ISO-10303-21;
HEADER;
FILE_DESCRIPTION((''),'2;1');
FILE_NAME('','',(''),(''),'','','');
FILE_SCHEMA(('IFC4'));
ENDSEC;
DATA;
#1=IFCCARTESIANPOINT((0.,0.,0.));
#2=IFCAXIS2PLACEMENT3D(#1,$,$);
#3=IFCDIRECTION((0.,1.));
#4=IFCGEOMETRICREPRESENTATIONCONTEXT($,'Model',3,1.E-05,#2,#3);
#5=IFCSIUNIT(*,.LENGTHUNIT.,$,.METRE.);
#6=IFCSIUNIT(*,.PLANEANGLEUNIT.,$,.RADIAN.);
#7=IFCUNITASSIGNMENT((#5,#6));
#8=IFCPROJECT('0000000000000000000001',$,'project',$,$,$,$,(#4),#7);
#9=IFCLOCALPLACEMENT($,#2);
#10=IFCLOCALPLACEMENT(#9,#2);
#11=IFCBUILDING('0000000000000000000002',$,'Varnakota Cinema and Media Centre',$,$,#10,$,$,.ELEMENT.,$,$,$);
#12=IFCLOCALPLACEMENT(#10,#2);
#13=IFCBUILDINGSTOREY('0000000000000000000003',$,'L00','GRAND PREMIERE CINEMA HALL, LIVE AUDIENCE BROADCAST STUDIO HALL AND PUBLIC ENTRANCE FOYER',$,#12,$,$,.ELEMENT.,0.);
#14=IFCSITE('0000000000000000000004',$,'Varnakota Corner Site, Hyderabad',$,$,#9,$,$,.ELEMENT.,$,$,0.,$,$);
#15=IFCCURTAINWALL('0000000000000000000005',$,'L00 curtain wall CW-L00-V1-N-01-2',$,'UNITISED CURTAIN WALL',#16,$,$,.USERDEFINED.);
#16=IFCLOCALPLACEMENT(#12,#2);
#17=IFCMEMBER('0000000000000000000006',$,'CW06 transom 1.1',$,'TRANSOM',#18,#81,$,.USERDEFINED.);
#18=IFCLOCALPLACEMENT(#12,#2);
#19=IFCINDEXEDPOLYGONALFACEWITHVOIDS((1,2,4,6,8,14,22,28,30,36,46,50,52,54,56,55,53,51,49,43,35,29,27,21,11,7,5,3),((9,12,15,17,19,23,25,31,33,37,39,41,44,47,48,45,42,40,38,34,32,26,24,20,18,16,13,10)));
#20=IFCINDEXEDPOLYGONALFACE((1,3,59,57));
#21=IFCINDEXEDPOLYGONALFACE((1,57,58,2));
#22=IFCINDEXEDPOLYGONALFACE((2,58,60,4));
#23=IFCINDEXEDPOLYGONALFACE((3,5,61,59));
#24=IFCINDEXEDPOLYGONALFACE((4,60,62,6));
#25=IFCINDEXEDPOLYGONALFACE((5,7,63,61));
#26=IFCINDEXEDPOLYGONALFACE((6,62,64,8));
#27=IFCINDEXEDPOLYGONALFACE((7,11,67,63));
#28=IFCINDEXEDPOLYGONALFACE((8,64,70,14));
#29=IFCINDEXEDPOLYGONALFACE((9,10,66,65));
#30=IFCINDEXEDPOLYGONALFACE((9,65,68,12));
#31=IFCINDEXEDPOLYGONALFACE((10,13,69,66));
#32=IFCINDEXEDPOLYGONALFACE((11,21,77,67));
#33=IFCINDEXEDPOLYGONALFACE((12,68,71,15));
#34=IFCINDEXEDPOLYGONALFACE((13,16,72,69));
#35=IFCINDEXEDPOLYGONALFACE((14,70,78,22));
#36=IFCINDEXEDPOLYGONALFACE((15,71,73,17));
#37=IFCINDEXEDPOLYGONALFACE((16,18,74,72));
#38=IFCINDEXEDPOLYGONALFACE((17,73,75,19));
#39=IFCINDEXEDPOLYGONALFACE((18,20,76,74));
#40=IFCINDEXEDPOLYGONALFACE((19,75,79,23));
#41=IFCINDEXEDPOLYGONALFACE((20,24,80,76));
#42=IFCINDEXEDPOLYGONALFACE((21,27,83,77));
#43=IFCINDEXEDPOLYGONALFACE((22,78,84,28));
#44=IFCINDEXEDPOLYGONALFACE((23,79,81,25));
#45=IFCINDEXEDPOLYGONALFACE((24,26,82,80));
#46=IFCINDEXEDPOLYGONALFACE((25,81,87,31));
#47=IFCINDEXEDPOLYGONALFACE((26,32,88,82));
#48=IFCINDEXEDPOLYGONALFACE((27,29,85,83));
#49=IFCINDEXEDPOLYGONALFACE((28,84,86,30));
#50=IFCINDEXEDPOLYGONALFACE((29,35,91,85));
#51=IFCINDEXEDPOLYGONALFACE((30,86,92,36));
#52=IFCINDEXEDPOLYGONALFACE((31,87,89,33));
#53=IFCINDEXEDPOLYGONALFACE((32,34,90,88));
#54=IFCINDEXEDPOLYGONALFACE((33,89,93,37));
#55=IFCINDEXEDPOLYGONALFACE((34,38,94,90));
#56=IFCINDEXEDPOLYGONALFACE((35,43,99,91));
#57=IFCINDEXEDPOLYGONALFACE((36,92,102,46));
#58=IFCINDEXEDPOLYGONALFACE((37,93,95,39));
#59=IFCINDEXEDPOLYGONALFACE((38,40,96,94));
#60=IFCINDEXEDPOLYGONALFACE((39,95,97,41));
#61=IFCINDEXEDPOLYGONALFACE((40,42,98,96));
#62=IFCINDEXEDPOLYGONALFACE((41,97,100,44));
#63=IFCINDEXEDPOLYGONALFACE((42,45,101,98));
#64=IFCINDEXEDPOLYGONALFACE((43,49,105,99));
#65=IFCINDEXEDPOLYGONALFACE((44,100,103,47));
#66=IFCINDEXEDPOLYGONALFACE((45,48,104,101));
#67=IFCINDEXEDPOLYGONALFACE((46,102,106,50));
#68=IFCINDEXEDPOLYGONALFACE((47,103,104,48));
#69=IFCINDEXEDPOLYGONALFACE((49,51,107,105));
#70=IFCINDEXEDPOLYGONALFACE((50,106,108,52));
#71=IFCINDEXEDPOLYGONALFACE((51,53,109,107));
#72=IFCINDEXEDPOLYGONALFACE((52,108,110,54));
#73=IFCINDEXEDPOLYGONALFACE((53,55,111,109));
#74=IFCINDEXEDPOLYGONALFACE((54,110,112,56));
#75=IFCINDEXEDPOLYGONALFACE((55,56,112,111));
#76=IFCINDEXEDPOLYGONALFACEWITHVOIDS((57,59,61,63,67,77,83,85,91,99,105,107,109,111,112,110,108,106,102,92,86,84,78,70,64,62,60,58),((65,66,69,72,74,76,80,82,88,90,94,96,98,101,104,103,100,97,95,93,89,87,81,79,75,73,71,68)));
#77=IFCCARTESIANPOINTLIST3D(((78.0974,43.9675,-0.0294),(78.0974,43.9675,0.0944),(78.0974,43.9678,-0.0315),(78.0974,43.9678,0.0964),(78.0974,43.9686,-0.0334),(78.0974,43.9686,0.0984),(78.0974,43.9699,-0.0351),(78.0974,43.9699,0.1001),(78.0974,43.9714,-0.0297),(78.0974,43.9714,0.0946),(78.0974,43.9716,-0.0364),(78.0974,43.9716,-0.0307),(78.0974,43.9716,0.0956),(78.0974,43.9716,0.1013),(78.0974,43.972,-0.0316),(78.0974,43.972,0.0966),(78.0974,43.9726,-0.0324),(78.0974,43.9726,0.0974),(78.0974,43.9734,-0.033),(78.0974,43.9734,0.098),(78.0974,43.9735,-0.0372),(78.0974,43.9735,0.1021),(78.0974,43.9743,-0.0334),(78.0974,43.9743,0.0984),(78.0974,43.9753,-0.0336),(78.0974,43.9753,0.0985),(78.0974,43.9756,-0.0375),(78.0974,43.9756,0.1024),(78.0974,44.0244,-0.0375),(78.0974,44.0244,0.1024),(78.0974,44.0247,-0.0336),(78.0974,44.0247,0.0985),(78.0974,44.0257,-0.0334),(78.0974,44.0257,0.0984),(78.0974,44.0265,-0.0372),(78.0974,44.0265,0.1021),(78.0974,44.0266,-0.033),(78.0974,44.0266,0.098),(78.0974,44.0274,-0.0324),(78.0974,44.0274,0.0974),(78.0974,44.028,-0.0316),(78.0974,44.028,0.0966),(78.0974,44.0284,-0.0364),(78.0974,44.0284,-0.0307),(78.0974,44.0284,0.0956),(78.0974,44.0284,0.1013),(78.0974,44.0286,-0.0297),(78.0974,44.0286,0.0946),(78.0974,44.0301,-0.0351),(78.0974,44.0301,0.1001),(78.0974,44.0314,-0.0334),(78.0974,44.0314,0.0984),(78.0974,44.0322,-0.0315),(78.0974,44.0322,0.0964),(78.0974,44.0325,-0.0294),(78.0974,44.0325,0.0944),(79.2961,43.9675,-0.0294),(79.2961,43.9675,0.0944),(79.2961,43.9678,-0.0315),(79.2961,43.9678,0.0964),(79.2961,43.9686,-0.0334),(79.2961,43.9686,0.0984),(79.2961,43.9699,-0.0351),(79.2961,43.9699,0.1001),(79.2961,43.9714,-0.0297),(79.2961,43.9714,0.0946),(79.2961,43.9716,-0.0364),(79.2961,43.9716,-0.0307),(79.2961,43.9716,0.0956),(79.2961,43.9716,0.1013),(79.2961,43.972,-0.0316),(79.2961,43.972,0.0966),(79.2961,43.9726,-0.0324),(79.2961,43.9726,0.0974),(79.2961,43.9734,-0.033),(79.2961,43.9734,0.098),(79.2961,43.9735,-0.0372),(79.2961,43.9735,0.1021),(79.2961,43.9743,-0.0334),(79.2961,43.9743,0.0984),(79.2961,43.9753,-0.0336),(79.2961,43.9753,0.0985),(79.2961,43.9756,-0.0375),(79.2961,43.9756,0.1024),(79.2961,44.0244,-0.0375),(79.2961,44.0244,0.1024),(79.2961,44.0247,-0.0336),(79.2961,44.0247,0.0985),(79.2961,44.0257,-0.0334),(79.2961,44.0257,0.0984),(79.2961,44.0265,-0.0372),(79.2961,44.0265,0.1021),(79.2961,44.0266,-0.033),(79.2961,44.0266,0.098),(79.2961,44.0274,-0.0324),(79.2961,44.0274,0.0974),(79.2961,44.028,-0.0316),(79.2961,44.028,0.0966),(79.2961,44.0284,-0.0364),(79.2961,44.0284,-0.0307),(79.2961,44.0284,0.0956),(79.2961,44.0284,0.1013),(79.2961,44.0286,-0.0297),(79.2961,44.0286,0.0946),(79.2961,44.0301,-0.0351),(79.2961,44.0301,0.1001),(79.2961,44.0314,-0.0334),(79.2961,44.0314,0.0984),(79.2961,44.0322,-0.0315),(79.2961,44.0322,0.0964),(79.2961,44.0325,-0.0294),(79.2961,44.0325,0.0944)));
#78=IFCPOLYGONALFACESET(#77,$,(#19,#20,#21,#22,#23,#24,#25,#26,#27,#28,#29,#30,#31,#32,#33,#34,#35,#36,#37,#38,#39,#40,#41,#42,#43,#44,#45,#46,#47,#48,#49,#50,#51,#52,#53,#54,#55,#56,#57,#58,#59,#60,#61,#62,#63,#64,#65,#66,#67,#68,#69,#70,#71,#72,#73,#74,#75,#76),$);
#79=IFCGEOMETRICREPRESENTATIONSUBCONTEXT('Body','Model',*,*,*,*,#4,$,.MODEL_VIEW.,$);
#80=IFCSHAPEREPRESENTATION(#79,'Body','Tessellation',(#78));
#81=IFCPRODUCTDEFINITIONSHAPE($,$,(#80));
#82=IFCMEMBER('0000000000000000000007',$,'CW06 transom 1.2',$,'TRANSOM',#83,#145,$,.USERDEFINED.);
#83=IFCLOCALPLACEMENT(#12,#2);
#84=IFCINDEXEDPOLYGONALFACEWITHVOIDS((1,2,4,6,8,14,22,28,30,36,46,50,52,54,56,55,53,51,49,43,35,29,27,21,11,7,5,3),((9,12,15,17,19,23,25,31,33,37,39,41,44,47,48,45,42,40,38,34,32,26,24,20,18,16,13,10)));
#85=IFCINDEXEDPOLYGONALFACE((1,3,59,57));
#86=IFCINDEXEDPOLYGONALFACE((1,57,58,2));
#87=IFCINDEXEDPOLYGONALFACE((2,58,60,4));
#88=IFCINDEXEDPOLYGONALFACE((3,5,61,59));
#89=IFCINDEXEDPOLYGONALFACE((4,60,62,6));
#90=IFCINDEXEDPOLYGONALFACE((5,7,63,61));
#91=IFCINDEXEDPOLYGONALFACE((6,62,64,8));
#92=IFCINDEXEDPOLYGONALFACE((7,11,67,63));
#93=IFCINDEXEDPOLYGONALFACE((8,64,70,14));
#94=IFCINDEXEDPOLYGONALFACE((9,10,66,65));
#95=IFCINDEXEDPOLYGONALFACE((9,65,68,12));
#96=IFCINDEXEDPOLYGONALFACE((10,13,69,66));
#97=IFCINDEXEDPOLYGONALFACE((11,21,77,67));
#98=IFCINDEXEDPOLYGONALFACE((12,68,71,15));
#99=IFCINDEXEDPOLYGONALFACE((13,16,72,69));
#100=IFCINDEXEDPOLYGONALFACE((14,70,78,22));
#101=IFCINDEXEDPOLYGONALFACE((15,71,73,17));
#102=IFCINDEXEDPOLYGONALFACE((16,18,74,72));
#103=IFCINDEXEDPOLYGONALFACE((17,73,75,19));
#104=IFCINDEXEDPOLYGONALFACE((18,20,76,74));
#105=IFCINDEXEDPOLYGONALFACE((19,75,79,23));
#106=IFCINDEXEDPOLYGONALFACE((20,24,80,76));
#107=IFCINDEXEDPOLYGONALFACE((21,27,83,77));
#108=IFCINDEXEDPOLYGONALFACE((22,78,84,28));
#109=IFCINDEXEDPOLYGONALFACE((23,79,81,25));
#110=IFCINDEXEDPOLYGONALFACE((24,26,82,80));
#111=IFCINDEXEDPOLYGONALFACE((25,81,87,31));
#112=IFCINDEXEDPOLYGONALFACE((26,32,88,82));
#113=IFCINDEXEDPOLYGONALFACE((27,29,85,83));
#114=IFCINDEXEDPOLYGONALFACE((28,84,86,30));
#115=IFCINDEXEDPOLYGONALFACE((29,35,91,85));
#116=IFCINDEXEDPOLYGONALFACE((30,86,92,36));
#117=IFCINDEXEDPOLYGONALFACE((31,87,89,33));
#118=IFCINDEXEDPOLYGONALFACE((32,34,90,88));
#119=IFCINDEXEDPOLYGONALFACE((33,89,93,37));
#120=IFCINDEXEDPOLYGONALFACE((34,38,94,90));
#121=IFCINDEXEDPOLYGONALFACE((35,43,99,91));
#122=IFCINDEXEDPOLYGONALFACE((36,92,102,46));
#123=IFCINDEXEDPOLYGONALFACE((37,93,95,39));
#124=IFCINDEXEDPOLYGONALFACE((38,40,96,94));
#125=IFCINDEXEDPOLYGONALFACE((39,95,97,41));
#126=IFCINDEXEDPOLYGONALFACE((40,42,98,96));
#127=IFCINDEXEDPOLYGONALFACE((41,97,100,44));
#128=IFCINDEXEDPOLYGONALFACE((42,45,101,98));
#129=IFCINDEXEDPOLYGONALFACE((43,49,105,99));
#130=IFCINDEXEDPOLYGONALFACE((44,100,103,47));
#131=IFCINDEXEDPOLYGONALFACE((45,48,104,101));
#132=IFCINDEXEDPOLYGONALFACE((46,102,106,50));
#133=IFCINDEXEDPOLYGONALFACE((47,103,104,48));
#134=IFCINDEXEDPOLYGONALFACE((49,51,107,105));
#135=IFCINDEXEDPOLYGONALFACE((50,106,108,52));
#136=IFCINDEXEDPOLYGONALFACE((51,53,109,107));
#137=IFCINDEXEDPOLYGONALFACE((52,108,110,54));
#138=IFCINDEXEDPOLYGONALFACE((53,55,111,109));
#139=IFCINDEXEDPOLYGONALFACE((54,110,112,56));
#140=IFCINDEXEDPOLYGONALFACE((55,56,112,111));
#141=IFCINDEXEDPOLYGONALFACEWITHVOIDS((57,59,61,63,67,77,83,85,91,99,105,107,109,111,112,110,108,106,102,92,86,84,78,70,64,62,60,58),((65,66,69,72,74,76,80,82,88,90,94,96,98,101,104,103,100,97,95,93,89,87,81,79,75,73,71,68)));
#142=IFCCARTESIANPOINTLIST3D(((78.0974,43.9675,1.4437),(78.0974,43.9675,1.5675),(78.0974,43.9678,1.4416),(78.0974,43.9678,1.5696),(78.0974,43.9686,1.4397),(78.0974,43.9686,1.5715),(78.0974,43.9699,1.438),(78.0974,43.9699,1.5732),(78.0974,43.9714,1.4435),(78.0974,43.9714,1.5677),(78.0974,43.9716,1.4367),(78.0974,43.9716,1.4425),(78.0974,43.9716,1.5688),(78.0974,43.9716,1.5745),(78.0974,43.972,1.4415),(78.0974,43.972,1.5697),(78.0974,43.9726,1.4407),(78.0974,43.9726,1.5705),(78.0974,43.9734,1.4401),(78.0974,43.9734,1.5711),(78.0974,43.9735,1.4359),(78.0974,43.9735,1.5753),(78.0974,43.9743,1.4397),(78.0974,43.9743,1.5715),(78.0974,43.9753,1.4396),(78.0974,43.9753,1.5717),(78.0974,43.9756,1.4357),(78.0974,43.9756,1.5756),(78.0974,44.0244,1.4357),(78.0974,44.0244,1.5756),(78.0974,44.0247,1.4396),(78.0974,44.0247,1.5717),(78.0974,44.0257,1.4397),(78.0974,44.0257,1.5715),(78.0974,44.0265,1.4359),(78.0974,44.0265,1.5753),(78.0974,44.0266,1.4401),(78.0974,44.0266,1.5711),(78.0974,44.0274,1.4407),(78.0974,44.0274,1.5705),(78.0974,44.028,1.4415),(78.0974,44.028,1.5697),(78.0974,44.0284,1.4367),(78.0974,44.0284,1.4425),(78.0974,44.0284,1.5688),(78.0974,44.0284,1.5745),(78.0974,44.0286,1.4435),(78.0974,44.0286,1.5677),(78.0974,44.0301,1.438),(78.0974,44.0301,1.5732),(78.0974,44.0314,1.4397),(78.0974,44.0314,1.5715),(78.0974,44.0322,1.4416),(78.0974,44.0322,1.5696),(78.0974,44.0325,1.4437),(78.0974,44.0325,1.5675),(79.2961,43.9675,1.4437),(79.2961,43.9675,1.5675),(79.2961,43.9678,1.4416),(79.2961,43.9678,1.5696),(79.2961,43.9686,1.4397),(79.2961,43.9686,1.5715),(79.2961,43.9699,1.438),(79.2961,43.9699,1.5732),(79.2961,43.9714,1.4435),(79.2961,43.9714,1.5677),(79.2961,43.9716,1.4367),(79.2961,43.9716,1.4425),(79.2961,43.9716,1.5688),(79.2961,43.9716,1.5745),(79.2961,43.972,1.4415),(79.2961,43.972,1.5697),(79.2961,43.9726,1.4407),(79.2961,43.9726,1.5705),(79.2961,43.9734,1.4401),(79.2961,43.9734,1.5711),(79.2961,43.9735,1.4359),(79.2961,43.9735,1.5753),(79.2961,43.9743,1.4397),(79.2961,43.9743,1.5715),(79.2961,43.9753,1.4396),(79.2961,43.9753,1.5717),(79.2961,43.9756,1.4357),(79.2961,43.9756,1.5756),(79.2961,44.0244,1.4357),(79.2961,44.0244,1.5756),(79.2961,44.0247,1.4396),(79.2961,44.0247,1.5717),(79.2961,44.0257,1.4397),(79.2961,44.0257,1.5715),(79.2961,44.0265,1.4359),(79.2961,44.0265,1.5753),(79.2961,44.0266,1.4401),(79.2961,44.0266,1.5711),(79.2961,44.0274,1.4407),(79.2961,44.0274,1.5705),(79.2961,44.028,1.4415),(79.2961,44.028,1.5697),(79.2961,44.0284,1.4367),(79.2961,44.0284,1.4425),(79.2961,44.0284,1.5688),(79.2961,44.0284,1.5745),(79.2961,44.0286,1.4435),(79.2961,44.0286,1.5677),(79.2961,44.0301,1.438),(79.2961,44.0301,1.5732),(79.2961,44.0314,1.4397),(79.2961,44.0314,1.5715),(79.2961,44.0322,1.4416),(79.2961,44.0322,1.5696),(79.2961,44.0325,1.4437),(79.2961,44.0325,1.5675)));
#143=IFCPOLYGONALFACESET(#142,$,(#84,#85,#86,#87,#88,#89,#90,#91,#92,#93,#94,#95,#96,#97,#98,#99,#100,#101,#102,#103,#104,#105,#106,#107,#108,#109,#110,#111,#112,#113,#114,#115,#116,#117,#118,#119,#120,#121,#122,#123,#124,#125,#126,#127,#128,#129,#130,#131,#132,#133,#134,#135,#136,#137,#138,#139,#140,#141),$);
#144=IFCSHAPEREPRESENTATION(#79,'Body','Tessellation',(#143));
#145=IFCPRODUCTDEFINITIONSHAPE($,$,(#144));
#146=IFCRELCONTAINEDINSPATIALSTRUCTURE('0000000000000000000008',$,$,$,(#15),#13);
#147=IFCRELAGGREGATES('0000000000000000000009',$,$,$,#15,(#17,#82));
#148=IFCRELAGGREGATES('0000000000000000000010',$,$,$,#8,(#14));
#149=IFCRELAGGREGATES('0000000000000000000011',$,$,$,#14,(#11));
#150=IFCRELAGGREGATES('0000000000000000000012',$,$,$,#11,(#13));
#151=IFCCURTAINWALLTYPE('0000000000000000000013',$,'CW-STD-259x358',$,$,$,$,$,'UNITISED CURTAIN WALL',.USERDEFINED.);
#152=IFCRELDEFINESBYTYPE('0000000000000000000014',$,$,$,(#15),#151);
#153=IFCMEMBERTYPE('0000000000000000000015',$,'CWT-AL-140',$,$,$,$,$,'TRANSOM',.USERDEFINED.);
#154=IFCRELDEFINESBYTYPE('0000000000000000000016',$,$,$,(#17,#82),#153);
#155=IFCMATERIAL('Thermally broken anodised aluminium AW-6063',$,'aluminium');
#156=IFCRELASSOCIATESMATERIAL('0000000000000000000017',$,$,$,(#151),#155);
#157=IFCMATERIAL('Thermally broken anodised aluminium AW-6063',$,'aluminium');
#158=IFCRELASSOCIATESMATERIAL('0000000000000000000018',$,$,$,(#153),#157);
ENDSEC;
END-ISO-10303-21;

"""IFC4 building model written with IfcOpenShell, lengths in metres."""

from ifc_helpers import new_model, si_unit, direction, frame, origin, origin_2d, place, context, subcontext, project, spatial, hollow_rectangle, extrude, material, material_profile, profile_set, type_object, element, aggregate, save


model = new_model("IFC4")

# Units and contexts
model_context = context("Model", 3, precision=1e-05, world=origin(), true_north=direction((0.0, 1.0)))
body_context = subcontext(model_context, "Body", "Model", "MODEL_VIEW")
ifc_project = project(units=[si_unit("LENGTHUNIT", "METRE"), si_unit("PLANEANGLEUNIT", "RADIAN")], contexts=[model_context])

# Site, building, storey
site_placement = place(None, origin())
site = spatial("IfcSite", under=ifc_project, at=site_placement, Name="Varnakota Corner Site, Hyderabad", CompositionType="ELEMENT", RefElevation=0.0)
building_placement = place(site_placement, origin())
building = spatial("IfcBuilding", under=site, at=building_placement, Name="Varnakota Cinema and Media Centre", CompositionType="ELEMENT")
storey_placement = place(building_placement, origin())
storey = spatial("IfcBuildingStorey", under=building, at=storey_placement, Name="L00", Description="GRAND PREMIERE CINEMA HALL, LIVE AUDIENCE BROADCAST STUDIO HALL AND PUBLIC ENTRANCE FOYER", CompositionType="ELEMENT", Elevation=0.0)

# Curtain wall
ifc_material_1 = material(Name="Thermally broken anodised aluminium AW-6063", Category="aluminium")
curtain_wall_type = type_object("IfcCurtainWallType", Name="CW-STD-259x358", ElementType="UNITISED CURTAIN WALL", PredefinedType="USERDEFINED", material=ifc_material_1)
curtain_wall_1_placement = place(storey_placement, origin())
curtain_wall_1 = element("IfcCurtainWall", 1, at=curtain_wall_1_placement, inside=storey, type_object=curtain_wall_type, Name="L00 curtain wall CW-L00-V1-N-01-2", ObjectType="UNITISED CURTAIN WALL", PredefinedType="USERDEFINED")

# Members
ifc_material_2 = material(Name="Thermally broken anodised aluminium AW-6063", Category="aluminium")
ifc_material_profile_1 = material_profile(ifc_material_2, hollow_rectangle(XDim=0.0649, YDim=0.1399, WallThickness=0.0039, InnerFilletRadius=0.0039, OuterFilletRadius=0.0081, at=origin_2d()), Name="AL-TRANSOM 140x65x4")
ifc_profile_set_1 = profile_set([ifc_material_profile_1], Name="Thermally broken anodised aluminium AW-6063")
member_type_1 = type_object("IfcMemberType", Name="CWT-AL-140", ElementType="TRANSOM", PredefinedType="USERDEFINED", material=ifc_profile_set_1)
member_1_placement = place(storey_placement, frame((78.0974, 44.0, 0.0325), z_axis=(1.0, 0.0, 0.0), x_axis=(0.0, 1.0, 0.0)))
member_1 = element("IfcMember", 2, at=member_1_placement, type_object=member_type_1, Name="CW06 transom 1.1", ObjectType="TRANSOM", PredefinedType="USERDEFINED", context=body_context, shape_type="SweptSolid", body=[
    extrude(hollow_rectangle(XDim=0.0649, YDim=0.1399, WallThickness=0.0039, InnerFilletRadius=0.0039, OuterFilletRadius=0.0081, at=origin_2d()), origin(), (0.0, 0.0, 1.0), 1.1987),
])
member_2_placement = place(storey_placement, frame((78.0974, 44.0, 1.5056), z_axis=(1.0, 0.0, 0.0), x_axis=(0.0, 1.0, 0.0)))
member_2 = element("IfcMember", 3, at=member_2_placement, type_object=member_type_1, Name="CW06 transom 1.2", ObjectType="TRANSOM", PredefinedType="USERDEFINED", context=body_context, shape_type="SweptSolid", body=[
    extrude(hollow_rectangle(XDim=0.0649, YDim=0.1399, WallThickness=0.0039, InnerFilletRadius=0.0039, OuterFilletRadius=0.0081, at=origin_2d()), origin(), (0.0, 0.0, 1.0), 1.1987),
])

aggregate(curtain_wall_1, [member_1, member_2])

save(model, "model.ifc")
